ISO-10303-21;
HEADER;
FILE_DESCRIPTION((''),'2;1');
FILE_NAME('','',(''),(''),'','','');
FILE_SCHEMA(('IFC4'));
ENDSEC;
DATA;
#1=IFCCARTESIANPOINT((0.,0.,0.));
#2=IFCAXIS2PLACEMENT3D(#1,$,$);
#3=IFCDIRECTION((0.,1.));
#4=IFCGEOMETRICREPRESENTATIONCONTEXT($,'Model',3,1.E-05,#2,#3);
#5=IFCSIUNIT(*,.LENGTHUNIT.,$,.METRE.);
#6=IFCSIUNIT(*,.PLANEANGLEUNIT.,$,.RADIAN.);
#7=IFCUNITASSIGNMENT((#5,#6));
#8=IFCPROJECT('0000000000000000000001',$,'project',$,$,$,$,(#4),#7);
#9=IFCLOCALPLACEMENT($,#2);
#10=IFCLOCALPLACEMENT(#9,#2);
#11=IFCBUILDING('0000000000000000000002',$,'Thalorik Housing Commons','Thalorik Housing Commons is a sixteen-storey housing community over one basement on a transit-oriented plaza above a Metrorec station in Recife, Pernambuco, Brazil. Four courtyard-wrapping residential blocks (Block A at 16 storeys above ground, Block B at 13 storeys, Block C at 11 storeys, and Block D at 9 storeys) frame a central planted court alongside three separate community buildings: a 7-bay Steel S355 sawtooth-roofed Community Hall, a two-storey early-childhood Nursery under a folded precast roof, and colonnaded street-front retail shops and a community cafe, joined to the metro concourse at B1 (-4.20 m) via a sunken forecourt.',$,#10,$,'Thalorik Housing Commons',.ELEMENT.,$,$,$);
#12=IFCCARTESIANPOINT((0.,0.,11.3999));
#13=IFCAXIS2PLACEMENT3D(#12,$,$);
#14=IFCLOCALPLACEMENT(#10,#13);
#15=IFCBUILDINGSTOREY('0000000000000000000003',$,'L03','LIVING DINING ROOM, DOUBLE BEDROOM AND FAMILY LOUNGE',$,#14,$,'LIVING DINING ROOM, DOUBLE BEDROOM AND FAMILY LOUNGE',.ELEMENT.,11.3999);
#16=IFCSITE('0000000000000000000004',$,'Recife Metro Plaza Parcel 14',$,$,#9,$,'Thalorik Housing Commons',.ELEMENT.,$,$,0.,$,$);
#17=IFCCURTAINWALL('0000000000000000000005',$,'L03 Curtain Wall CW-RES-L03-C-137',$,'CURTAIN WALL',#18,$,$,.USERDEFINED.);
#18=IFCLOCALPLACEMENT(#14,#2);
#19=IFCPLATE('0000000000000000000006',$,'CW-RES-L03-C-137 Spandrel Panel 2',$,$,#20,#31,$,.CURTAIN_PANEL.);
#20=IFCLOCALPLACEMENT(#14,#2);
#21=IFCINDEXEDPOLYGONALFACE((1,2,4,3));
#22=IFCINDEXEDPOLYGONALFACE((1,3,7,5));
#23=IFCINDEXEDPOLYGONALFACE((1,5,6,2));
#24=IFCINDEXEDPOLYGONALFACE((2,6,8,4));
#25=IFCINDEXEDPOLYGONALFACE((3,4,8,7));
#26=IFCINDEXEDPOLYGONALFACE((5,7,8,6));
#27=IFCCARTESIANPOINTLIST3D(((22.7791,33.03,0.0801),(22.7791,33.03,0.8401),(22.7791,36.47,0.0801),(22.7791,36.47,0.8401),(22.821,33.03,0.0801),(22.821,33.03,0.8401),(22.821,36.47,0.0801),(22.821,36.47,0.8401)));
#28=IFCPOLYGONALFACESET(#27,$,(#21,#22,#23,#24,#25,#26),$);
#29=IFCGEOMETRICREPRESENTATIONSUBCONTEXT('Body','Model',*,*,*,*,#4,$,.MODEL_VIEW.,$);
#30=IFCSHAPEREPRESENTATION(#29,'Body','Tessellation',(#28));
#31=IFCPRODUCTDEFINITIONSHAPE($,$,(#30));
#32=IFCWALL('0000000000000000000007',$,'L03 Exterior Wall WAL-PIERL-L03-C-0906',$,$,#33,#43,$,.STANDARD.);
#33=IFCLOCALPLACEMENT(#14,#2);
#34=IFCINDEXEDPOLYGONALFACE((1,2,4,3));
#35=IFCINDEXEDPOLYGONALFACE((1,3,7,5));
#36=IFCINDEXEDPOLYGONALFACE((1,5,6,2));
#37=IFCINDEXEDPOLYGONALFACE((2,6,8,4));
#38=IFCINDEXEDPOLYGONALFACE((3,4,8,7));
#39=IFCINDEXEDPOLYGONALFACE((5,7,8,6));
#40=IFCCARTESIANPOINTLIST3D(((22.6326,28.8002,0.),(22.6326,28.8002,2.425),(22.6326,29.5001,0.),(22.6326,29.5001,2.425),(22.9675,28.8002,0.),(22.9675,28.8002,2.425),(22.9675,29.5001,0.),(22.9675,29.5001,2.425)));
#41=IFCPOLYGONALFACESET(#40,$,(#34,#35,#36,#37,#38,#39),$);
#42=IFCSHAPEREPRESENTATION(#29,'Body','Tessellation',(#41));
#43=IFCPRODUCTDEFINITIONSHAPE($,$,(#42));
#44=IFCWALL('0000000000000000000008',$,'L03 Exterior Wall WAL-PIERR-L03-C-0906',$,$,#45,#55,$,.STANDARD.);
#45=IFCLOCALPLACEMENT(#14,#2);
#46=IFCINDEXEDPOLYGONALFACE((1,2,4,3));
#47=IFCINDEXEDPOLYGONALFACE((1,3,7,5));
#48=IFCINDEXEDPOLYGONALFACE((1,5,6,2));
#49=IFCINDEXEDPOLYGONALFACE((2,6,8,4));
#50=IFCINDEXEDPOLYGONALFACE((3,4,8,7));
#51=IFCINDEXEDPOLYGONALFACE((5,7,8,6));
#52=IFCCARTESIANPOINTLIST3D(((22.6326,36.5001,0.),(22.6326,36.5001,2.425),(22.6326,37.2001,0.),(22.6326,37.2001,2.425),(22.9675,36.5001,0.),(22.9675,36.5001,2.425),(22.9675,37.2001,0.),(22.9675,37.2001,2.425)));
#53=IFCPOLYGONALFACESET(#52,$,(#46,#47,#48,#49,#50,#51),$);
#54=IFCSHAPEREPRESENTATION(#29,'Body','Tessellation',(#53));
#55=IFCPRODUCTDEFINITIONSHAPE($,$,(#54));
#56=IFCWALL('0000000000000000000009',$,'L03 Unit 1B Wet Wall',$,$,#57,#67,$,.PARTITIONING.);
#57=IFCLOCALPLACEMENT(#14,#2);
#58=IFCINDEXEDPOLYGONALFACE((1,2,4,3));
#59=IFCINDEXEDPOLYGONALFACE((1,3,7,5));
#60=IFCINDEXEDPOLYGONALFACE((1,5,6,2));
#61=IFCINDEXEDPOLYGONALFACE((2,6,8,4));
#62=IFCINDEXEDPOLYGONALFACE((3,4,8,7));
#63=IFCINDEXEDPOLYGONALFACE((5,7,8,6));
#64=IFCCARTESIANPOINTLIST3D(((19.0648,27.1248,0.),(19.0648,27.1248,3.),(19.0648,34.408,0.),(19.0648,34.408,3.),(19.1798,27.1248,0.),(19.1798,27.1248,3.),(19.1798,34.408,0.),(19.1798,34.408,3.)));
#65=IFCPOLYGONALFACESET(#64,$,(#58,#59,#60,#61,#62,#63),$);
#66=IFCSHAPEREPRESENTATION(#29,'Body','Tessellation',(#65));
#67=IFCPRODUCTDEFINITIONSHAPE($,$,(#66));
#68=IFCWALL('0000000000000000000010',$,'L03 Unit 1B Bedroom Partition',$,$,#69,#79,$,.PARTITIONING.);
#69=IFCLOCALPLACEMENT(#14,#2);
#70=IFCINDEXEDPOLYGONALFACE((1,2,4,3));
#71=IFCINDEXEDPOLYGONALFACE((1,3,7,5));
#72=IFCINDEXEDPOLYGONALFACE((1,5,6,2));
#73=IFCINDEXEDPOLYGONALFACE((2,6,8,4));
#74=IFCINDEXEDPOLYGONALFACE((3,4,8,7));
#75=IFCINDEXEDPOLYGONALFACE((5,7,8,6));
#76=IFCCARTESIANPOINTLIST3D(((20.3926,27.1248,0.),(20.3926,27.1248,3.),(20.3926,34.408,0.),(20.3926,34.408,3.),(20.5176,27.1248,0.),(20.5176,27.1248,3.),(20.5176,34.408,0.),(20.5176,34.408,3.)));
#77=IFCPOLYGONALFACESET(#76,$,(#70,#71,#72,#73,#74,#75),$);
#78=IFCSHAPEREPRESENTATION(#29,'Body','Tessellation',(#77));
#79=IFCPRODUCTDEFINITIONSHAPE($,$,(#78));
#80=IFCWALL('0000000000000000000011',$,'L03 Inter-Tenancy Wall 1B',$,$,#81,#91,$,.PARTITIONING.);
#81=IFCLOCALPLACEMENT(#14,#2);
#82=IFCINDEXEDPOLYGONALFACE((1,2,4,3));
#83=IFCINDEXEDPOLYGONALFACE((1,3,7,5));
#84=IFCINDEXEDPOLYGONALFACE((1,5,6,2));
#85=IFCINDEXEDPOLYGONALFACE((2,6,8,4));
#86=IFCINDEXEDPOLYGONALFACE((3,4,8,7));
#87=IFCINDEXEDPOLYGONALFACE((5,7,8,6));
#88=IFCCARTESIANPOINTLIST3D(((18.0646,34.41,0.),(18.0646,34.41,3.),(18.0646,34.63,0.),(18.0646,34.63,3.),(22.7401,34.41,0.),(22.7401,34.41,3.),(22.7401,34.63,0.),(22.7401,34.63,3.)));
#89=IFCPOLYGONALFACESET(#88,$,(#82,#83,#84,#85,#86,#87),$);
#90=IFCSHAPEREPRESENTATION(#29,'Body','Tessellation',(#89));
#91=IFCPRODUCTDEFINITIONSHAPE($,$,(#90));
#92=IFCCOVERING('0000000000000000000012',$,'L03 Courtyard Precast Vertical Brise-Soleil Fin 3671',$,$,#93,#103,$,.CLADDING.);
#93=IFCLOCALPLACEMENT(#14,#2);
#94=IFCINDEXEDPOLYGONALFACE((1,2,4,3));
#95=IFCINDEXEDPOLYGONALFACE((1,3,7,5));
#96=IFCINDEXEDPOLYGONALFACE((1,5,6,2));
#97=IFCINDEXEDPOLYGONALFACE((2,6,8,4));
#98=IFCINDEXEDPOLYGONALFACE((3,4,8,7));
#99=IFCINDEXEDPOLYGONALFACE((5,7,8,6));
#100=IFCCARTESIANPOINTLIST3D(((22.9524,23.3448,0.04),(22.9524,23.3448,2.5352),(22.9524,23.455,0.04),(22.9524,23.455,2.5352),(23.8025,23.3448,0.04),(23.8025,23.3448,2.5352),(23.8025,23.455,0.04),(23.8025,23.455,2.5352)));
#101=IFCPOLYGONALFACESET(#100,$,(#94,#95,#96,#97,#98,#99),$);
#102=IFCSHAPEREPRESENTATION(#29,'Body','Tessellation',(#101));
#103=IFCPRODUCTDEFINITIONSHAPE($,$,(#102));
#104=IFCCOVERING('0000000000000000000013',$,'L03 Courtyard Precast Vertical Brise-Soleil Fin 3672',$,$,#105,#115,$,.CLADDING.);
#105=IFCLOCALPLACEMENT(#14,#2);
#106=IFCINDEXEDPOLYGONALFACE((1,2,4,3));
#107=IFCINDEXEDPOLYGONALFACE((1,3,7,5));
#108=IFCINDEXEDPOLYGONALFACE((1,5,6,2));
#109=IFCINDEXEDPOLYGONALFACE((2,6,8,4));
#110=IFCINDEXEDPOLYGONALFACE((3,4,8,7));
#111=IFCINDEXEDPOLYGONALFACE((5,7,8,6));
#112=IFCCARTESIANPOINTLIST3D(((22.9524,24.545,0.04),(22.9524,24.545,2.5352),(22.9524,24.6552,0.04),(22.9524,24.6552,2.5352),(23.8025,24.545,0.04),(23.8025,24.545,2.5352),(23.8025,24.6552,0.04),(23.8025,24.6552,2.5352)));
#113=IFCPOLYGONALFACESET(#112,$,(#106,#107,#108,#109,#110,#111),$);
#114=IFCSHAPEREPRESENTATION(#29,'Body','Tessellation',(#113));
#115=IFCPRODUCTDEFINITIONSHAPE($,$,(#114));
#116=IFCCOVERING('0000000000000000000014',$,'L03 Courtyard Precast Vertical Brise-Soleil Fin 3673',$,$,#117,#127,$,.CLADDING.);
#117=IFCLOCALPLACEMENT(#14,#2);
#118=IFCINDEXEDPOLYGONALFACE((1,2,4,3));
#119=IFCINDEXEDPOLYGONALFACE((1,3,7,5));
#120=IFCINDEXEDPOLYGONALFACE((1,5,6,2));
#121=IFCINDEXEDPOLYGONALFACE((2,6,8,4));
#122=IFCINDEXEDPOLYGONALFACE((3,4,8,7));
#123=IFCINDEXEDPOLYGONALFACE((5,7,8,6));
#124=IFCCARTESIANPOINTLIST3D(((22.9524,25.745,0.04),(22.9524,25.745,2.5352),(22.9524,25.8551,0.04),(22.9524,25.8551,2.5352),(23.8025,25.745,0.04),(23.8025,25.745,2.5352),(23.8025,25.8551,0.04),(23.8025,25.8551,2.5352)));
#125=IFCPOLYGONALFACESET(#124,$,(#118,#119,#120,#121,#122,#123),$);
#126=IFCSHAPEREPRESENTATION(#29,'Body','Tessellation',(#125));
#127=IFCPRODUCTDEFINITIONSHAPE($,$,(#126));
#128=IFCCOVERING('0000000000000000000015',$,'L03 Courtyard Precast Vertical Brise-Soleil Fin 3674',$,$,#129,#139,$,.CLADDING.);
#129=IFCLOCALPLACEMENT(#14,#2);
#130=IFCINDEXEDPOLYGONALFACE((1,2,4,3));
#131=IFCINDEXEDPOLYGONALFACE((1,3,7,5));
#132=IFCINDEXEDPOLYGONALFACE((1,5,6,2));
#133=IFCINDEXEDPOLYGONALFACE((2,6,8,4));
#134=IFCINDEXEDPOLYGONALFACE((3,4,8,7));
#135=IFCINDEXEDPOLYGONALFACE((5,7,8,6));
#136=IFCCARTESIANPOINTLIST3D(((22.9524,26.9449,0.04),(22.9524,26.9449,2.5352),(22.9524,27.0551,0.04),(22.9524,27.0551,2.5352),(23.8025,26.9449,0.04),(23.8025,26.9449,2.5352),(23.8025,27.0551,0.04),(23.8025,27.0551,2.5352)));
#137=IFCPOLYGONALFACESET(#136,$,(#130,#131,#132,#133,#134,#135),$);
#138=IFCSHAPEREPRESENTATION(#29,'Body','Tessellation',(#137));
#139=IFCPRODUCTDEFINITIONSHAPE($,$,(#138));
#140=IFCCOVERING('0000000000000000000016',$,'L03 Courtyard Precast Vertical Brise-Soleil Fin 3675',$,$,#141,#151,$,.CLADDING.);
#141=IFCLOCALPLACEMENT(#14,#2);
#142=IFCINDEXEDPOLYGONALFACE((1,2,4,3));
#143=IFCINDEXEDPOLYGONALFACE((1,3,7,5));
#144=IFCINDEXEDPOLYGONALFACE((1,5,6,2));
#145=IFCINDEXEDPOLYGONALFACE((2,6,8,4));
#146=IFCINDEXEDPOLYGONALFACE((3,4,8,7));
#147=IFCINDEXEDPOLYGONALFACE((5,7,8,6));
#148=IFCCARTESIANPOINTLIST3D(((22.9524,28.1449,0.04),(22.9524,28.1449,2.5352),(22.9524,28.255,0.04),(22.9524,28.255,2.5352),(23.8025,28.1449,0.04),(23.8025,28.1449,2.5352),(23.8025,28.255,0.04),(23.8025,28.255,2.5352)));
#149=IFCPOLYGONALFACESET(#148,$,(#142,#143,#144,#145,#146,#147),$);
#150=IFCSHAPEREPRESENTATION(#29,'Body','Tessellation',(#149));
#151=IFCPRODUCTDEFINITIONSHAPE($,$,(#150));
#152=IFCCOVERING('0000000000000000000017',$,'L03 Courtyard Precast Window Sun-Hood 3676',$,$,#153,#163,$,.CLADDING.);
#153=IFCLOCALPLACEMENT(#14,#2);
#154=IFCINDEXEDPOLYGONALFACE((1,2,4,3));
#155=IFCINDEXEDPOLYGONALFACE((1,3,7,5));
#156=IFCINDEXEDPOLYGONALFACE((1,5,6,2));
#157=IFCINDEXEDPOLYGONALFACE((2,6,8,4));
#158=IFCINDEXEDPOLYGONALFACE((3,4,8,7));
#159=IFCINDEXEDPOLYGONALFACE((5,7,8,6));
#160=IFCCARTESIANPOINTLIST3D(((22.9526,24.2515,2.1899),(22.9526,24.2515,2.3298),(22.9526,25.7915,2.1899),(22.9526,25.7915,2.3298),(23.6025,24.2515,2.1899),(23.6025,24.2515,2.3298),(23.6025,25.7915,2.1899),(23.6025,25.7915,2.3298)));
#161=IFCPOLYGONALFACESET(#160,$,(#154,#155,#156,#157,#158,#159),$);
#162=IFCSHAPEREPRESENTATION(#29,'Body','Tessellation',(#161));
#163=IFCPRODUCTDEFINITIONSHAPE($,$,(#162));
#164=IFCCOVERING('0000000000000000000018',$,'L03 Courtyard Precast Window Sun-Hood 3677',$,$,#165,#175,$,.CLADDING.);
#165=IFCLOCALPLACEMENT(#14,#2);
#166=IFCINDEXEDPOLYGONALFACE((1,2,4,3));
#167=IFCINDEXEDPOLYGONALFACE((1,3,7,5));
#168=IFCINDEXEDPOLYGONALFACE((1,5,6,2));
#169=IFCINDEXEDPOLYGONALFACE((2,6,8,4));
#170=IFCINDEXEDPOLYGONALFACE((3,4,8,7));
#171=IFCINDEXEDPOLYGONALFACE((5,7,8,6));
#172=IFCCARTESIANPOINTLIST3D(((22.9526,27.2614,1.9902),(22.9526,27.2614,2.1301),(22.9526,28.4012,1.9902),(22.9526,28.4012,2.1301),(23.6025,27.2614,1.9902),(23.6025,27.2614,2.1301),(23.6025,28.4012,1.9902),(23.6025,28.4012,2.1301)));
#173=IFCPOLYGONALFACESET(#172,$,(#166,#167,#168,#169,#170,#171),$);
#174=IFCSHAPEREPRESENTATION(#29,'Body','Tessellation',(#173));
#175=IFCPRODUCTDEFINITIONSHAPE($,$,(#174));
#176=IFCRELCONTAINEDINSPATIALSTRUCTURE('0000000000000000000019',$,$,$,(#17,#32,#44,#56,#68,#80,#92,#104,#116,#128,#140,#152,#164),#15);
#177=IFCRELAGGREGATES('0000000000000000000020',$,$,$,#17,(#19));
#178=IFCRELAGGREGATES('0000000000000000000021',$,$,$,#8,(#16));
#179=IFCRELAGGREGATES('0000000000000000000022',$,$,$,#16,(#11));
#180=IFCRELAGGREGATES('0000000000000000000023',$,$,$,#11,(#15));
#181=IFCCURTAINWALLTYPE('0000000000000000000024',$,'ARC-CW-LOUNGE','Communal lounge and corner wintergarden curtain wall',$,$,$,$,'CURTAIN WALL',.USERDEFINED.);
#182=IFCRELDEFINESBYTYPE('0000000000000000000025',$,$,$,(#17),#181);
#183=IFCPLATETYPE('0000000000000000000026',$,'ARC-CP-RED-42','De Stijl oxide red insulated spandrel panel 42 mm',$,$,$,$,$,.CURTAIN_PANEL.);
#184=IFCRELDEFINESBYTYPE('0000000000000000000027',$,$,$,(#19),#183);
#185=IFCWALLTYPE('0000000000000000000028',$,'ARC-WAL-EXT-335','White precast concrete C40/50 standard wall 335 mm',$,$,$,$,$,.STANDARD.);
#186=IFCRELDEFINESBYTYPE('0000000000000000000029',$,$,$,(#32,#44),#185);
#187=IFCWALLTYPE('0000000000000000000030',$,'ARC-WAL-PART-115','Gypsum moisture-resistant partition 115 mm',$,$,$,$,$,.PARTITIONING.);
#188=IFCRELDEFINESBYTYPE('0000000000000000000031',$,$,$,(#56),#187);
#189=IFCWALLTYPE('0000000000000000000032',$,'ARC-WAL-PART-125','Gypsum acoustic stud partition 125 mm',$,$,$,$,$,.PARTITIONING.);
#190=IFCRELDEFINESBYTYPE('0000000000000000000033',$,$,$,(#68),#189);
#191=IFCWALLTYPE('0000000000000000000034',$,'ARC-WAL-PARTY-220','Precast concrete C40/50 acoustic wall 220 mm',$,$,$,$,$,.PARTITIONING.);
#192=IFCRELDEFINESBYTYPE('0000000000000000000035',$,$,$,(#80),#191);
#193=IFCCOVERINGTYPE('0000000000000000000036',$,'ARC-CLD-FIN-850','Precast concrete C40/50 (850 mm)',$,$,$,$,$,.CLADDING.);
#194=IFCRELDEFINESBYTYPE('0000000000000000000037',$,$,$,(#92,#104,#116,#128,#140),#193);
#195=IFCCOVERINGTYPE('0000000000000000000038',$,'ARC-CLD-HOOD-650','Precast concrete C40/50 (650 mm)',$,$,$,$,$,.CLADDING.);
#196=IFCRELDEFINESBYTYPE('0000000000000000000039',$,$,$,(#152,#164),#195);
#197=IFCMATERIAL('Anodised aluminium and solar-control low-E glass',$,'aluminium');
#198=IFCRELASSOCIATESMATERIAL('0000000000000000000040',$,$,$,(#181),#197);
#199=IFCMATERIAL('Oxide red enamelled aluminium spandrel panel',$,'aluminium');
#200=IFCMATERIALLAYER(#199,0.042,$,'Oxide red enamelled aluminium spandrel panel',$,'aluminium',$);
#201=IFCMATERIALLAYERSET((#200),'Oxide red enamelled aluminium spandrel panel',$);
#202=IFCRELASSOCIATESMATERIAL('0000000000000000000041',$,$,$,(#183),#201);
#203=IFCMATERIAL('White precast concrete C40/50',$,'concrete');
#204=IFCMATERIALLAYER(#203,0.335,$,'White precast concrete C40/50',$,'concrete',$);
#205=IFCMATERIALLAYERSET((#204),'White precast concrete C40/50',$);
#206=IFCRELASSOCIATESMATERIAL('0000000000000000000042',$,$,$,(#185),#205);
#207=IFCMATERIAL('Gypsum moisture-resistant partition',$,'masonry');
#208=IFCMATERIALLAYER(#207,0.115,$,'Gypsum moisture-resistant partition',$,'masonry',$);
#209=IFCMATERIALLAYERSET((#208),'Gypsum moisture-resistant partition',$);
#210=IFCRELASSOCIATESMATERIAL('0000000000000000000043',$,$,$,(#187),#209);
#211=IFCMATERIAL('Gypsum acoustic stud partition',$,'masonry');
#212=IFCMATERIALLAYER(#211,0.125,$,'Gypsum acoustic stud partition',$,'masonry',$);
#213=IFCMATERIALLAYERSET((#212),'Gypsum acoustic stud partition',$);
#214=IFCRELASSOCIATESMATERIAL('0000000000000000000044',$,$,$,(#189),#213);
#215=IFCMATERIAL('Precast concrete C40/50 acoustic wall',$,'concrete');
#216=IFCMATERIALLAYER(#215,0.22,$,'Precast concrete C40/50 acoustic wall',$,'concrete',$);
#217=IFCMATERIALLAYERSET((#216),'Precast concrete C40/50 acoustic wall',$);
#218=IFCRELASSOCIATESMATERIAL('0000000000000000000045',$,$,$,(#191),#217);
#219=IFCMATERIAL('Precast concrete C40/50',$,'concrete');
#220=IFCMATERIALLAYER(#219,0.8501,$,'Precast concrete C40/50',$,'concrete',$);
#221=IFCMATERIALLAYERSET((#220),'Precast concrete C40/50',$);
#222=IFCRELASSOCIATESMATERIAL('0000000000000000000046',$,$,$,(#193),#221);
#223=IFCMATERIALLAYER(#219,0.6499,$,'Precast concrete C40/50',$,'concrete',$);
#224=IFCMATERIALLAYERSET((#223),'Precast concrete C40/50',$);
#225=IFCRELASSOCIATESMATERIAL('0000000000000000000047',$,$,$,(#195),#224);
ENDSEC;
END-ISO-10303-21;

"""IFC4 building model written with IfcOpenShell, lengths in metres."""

from ifc_helpers import new_model, si_unit, direction, frame, frame_2d, origin, origin_2d, place, context, subcontext, project, spatial, rectangle, extrude, material, layer, layer_set, type_object, element, aggregate, save


model = new_model("IFC4")

# Units and contexts
model_context = context("Model", 3, precision=1e-05, world=origin(), true_north=direction((0.0, 1.0)))
body_context = subcontext(model_context, "Body", "Model", "MODEL_VIEW")
ifc_project = project(units=[si_unit("LENGTHUNIT", "METRE"), si_unit("PLANEANGLEUNIT", "RADIAN")], contexts=[model_context])

# Site, building, storey
site_placement = place(None, origin())
site = spatial("IfcSite", under=ifc_project, at=site_placement, Name="Recife Metro Plaza Parcel 14", LongName="Thalorik Housing Commons", CompositionType="ELEMENT", RefElevation=0.0)
building_placement = place(site_placement, origin())
building = spatial("IfcBuilding", under=site, at=building_placement, Name="Thalorik Housing Commons", Description="Thalorik Housing Commons is a sixteen-storey housing community over one basement on a transit-oriented plaza above a Metrorec station in Recife, Pernambuco, Brazil. Four courtyard-wrapping residential blocks (Block A at 16 storeys above ground, Block B at 13 storeys, Block C at 11 storeys, and Block D at 9 storeys) frame a central planted court alongside three separate community buildings: a 7-bay Steel S355 sawtooth-roofed Community Hall, a two-storey early-childhood Nursery under a folded precast roof, and colonnaded street-front retail shops and a community cafe, joined to the metro concourse at B1 (-4.20 m) via a sunken forecourt.", LongName="Thalorik Housing Commons", CompositionType="ELEMENT")
storey_placement = place(building_placement, frame((0.0, 0.0, 11.3999)))
storey = spatial("IfcBuildingStorey", under=building, at=storey_placement, Name="L03", Description="LIVING DINING ROOM, DOUBLE BEDROOM AND FAMILY LOUNGE", LongName="LIVING DINING ROOM, DOUBLE BEDROOM AND FAMILY LOUNGE", CompositionType="ELEMENT", Elevation=11.3999)

# Shared definitions
ifc_material_1 = material(Name="Precast concrete C40/50", Category="concrete")

# Curtain wall
ifc_material_2 = material(Name="Anodised aluminium and solar-control low-E glass", Category="aluminium")
curtain_wall_type = type_object("IfcCurtainWallType", Name="ARC-CW-LOUNGE", Description="Communal lounge and corner wintergarden curtain wall", ElementType="CURTAIN WALL", PredefinedType="USERDEFINED", material=ifc_material_2)
curtain_wall_placement = place(storey_placement, origin())
curtain_wall = element("IfcCurtainWall", 1, at=curtain_wall_placement, inside=storey, type_object=curtain_wall_type, Name="L03 Curtain Wall CW-RES-L03-C-137", ObjectType="CURTAIN WALL", PredefinedType="USERDEFINED")

# Plate
ifc_material_3 = material(Name="Oxide red enamelled aluminium spandrel panel", Category="aluminium")
ifc_layer_1 = layer(ifc_material_3, 0.042, Name="Oxide red enamelled aluminium spandrel panel", Category="aluminium")
ifc_layer_set_1 = layer_set([ifc_layer_1], Name="Oxide red enamelled aluminium spandrel panel")
plate_type_1 = type_object("IfcPlateType", Name="ARC-CP-RED-42", Description="De Stijl oxide red insulated spandrel panel 42 mm", PredefinedType="CURTAIN_PANEL", material=ifc_layer_set_1)
plate_1_placement = place(storey_placement, frame((22.8, 34.75, 0.0801), z_axis=(0.0, 0.0, 1.0), x_axis=(0.0, 1.0, 0.0)))
plate_1 = element("IfcPlate", 2, at=plate_1_placement, type_object=plate_type_1, Name="CW-RES-L03-C-137 Spandrel Panel 2", PredefinedType="CURTAIN_PANEL", context=body_context, shape_type="SweptSolid", body=[
    extrude(rectangle(XDim=3.4399, YDim=0.042, at=origin_2d()), origin(), (0.0, 0.0, 1.0), 0.76),
])
aggregate(curtain_wall, [plate_1])

# Walls
ifc_material_4 = material(Name="White precast concrete C40/50", Category="concrete")
ifc_layer_2 = layer(ifc_material_4, 0.335, Name="White precast concrete C40/50", Category="concrete")
ifc_layer_set_2 = layer_set([ifc_layer_2], Name="White precast concrete C40/50")
wall_type_1 = type_object("IfcWallType", Name="ARC-WAL-EXT-335", Description="White precast concrete C40/50 standard wall 335 mm", PredefinedType="STANDARD", material=ifc_layer_set_2)
for number, where, z_axis, x_axis, name in (
    (3, (22.8, 28.8, 0.0), (0.0, 0.0, 1.0), (0.0, 1.0, 0.0), "L03 Exterior Wall WAL-PIERL-L03-C-0906"),
    (4, (22.8, 36.5, 0.0), (0.0, 0.0, 1.0), (0.0, 1.0, 0.0), "L03 Exterior Wall WAL-PIERR-L03-C-0906"),
):
    element("IfcWall", number, at=place(storey_placement, frame(where, z_axis=z_axis, x_axis=x_axis)), inside=storey, type_object=wall_type_1, Name=name, PredefinedType="STANDARD", context=body_context, shape_type="SweptSolid", body=[
        extrude(rectangle(XDim=0.7, YDim=0.335, at=frame_2d((0.3501, 0.0))), origin(), (0.0, 0.0, 1.0), 2.425),
    ])
ifc_material_5 = material(Name="Gypsum moisture-resistant partition", Category="masonry")
ifc_layer_3 = layer(ifc_material_5, 0.115, Name="Gypsum moisture-resistant partition", Category="masonry")
ifc_layer_set_3 = layer_set([ifc_layer_3], Name="Gypsum moisture-resistant partition")
wall_type_2 = type_object("IfcWallType", Name="ARC-WAL-PART-115", Description="Gypsum moisture-resistant partition 115 mm", PredefinedType="PARTITIONING", material=ifc_layer_set_3)
wall_1_placement = place(storey_placement, frame((19.1223, 27.1248, 0.0), z_axis=(0.0, 0.0, 1.0), x_axis=(0.0, 1.0, 0.0)))
element("IfcWall", 5, at=wall_1_placement, inside=storey, type_object=wall_type_2, Name="L03 Unit 1B Wet Wall", PredefinedType="PARTITIONING", context=body_context, shape_type="SweptSolid", body=[
    extrude(rectangle(XDim=7.2832, YDim=0.115, at=frame_2d((3.6416, 0.0))), origin(), (0.0, 0.0, 1.0), 3.0),
])
ifc_material_6 = material(Name="Gypsum acoustic stud partition", Category="masonry")
ifc_layer_4 = layer(ifc_material_6, 0.125, Name="Gypsum acoustic stud partition", Category="masonry")
ifc_layer_set_4 = layer_set([ifc_layer_4], Name="Gypsum acoustic stud partition")
wall_type_3 = type_object("IfcWallType", Name="ARC-WAL-PART-125", Description="Gypsum acoustic stud partition 125 mm", PredefinedType="PARTITIONING", material=ifc_layer_set_4)
wall_2_placement = place(storey_placement, frame((20.4551, 27.1248, 0.0), z_axis=(0.0, 0.0, 1.0), x_axis=(0.0, 1.0, 0.0)))
element("IfcWall", 6, at=wall_2_placement, inside=storey, type_object=wall_type_3, Name="L03 Unit 1B Bedroom Partition", PredefinedType="PARTITIONING", context=body_context, shape_type="SweptSolid", body=[
    extrude(rectangle(XDim=7.2832, YDim=0.125, at=frame_2d((3.6416, 0.0))), origin(), (0.0, 0.0, 1.0), 3.0),
])
ifc_material_7 = material(Name="Precast concrete C40/50 acoustic wall", Category="concrete")
ifc_layer_5 = layer(ifc_material_7, 0.22, Name="Precast concrete C40/50 acoustic wall", Category="concrete")
ifc_layer_set_5 = layer_set([ifc_layer_5], Name="Precast concrete C40/50 acoustic wall")
wall_type_4 = type_object("IfcWallType", Name="ARC-WAL-PARTY-220", Description="Precast concrete C40/50 acoustic wall 220 mm", PredefinedType="PARTITIONING", material=ifc_layer_set_5)
wall_3_placement = place(storey_placement, frame((18.0645, 34.52, 0.0), z_axis=(0.0, 0.0, 1.0), x_axis=(1.0, 0.0, 0.0)))
element("IfcWall", 7, at=wall_3_placement, inside=storey, type_object=wall_type_4, Name="L03 Inter-Tenancy Wall 1B", PredefinedType="PARTITIONING", context=body_context, shape_type="SweptSolid", body=[
    extrude(rectangle(XDim=4.6755, YDim=0.22, at=frame_2d((2.3379, 0.0))), origin(), (0.0, 0.0, 1.0), 3.0),
])

# Coverings
ifc_layer_6 = layer(ifc_material_1, 0.8501, Name="Precast concrete C40/50", Category="concrete")
ifc_layer_set_6 = layer_set([ifc_layer_6], Name="Precast concrete C40/50")
covering_type_1 = type_object("IfcCoveringType", Name="ARC-CLD-FIN-850", Description="Precast concrete C40/50 (850 mm)", PredefinedType="CLADDING", material=ifc_layer_set_6)
for number, where, z_axis, x_axis, name in (
    (8, (23.3774, 23.3999, 0.04), (0.0, 0.0, 1.0), (0.0, 1.0, 0.0), "L03 Courtyard Precast Vertical Brise-Soleil Fin 3671"),
    (9, (23.3774, 24.6001, 0.04), (0.0, 0.0, 1.0), (0.0, 1.0, 0.0), "L03 Courtyard Precast Vertical Brise-Soleil Fin 3672"),
    (10, (23.3774, 25.8, 0.04), (0.0, 0.0, 1.0), (0.0, 1.0, 0.0), "L03 Courtyard Precast Vertical Brise-Soleil Fin 3673"),
    (11, (23.3774, 27.0, 0.04), (0.0, 0.0, 1.0), (0.0, 1.0, 0.0), "L03 Courtyard Precast Vertical Brise-Soleil Fin 3674"),
    (12, (23.3774, 28.2, 0.04), (0.0, 0.0, 1.0), (0.0, 1.0, 0.0), "L03 Courtyard Precast Vertical Brise-Soleil Fin 3675"),
):
    element("IfcCovering", number, at=place(storey_placement, frame(where, z_axis=z_axis, x_axis=x_axis)), inside=storey, type_object=covering_type_1, Name=name, PredefinedType="CLADDING", context=body_context, shape_type="SweptSolid", body=[
        extrude(rectangle(XDim=0.1101, YDim=0.8501, at=origin_2d()), origin(), (0.0, 0.0, 1.0), 2.4951),
    ])
ifc_layer_7 = layer(ifc_material_1, 0.6499, Name="Precast concrete C40/50", Category="concrete")
ifc_layer_set_7 = layer_set([ifc_layer_7], Name="Precast concrete C40/50")
covering_type_2 = type_object("IfcCoveringType", Name="ARC-CLD-HOOD-650", Description="Precast concrete C40/50 (650 mm)", PredefinedType="CLADDING", material=ifc_layer_set_7)
covering_1_placement = place(storey_placement, frame((23.2776, 25.0215, 2.1899), z_axis=(0.0, 0.0, 1.0), x_axis=(0.0, 1.0, 0.0)))
element("IfcCovering", 13, at=covering_1_placement, inside=storey, type_object=covering_type_2, Name="L03 Courtyard Precast Window Sun-Hood 3676", PredefinedType="CLADDING", context=body_context, shape_type="SweptSolid", body=[
    extrude(rectangle(XDim=1.54, YDim=0.6499, at=origin_2d()), origin(), (0.0, 0.0, 1.0), 0.1399),
])
covering_2_placement = place(storey_placement, frame((23.2776, 27.8313, 1.9902), z_axis=(0.0, 0.0, 1.0), x_axis=(0.0, 1.0, 0.0)))
element("IfcCovering", 14, at=covering_2_placement, inside=storey, type_object=covering_type_2, Name="L03 Courtyard Precast Window Sun-Hood 3677", PredefinedType="CLADDING", context=body_context, shape_type="SweptSolid", body=[
    extrude(rectangle(XDim=1.1399, YDim=0.6499, at=origin_2d()), origin(), (0.0, 0.0, 1.0), 0.1399),
])

save(model, "model.ifc")
